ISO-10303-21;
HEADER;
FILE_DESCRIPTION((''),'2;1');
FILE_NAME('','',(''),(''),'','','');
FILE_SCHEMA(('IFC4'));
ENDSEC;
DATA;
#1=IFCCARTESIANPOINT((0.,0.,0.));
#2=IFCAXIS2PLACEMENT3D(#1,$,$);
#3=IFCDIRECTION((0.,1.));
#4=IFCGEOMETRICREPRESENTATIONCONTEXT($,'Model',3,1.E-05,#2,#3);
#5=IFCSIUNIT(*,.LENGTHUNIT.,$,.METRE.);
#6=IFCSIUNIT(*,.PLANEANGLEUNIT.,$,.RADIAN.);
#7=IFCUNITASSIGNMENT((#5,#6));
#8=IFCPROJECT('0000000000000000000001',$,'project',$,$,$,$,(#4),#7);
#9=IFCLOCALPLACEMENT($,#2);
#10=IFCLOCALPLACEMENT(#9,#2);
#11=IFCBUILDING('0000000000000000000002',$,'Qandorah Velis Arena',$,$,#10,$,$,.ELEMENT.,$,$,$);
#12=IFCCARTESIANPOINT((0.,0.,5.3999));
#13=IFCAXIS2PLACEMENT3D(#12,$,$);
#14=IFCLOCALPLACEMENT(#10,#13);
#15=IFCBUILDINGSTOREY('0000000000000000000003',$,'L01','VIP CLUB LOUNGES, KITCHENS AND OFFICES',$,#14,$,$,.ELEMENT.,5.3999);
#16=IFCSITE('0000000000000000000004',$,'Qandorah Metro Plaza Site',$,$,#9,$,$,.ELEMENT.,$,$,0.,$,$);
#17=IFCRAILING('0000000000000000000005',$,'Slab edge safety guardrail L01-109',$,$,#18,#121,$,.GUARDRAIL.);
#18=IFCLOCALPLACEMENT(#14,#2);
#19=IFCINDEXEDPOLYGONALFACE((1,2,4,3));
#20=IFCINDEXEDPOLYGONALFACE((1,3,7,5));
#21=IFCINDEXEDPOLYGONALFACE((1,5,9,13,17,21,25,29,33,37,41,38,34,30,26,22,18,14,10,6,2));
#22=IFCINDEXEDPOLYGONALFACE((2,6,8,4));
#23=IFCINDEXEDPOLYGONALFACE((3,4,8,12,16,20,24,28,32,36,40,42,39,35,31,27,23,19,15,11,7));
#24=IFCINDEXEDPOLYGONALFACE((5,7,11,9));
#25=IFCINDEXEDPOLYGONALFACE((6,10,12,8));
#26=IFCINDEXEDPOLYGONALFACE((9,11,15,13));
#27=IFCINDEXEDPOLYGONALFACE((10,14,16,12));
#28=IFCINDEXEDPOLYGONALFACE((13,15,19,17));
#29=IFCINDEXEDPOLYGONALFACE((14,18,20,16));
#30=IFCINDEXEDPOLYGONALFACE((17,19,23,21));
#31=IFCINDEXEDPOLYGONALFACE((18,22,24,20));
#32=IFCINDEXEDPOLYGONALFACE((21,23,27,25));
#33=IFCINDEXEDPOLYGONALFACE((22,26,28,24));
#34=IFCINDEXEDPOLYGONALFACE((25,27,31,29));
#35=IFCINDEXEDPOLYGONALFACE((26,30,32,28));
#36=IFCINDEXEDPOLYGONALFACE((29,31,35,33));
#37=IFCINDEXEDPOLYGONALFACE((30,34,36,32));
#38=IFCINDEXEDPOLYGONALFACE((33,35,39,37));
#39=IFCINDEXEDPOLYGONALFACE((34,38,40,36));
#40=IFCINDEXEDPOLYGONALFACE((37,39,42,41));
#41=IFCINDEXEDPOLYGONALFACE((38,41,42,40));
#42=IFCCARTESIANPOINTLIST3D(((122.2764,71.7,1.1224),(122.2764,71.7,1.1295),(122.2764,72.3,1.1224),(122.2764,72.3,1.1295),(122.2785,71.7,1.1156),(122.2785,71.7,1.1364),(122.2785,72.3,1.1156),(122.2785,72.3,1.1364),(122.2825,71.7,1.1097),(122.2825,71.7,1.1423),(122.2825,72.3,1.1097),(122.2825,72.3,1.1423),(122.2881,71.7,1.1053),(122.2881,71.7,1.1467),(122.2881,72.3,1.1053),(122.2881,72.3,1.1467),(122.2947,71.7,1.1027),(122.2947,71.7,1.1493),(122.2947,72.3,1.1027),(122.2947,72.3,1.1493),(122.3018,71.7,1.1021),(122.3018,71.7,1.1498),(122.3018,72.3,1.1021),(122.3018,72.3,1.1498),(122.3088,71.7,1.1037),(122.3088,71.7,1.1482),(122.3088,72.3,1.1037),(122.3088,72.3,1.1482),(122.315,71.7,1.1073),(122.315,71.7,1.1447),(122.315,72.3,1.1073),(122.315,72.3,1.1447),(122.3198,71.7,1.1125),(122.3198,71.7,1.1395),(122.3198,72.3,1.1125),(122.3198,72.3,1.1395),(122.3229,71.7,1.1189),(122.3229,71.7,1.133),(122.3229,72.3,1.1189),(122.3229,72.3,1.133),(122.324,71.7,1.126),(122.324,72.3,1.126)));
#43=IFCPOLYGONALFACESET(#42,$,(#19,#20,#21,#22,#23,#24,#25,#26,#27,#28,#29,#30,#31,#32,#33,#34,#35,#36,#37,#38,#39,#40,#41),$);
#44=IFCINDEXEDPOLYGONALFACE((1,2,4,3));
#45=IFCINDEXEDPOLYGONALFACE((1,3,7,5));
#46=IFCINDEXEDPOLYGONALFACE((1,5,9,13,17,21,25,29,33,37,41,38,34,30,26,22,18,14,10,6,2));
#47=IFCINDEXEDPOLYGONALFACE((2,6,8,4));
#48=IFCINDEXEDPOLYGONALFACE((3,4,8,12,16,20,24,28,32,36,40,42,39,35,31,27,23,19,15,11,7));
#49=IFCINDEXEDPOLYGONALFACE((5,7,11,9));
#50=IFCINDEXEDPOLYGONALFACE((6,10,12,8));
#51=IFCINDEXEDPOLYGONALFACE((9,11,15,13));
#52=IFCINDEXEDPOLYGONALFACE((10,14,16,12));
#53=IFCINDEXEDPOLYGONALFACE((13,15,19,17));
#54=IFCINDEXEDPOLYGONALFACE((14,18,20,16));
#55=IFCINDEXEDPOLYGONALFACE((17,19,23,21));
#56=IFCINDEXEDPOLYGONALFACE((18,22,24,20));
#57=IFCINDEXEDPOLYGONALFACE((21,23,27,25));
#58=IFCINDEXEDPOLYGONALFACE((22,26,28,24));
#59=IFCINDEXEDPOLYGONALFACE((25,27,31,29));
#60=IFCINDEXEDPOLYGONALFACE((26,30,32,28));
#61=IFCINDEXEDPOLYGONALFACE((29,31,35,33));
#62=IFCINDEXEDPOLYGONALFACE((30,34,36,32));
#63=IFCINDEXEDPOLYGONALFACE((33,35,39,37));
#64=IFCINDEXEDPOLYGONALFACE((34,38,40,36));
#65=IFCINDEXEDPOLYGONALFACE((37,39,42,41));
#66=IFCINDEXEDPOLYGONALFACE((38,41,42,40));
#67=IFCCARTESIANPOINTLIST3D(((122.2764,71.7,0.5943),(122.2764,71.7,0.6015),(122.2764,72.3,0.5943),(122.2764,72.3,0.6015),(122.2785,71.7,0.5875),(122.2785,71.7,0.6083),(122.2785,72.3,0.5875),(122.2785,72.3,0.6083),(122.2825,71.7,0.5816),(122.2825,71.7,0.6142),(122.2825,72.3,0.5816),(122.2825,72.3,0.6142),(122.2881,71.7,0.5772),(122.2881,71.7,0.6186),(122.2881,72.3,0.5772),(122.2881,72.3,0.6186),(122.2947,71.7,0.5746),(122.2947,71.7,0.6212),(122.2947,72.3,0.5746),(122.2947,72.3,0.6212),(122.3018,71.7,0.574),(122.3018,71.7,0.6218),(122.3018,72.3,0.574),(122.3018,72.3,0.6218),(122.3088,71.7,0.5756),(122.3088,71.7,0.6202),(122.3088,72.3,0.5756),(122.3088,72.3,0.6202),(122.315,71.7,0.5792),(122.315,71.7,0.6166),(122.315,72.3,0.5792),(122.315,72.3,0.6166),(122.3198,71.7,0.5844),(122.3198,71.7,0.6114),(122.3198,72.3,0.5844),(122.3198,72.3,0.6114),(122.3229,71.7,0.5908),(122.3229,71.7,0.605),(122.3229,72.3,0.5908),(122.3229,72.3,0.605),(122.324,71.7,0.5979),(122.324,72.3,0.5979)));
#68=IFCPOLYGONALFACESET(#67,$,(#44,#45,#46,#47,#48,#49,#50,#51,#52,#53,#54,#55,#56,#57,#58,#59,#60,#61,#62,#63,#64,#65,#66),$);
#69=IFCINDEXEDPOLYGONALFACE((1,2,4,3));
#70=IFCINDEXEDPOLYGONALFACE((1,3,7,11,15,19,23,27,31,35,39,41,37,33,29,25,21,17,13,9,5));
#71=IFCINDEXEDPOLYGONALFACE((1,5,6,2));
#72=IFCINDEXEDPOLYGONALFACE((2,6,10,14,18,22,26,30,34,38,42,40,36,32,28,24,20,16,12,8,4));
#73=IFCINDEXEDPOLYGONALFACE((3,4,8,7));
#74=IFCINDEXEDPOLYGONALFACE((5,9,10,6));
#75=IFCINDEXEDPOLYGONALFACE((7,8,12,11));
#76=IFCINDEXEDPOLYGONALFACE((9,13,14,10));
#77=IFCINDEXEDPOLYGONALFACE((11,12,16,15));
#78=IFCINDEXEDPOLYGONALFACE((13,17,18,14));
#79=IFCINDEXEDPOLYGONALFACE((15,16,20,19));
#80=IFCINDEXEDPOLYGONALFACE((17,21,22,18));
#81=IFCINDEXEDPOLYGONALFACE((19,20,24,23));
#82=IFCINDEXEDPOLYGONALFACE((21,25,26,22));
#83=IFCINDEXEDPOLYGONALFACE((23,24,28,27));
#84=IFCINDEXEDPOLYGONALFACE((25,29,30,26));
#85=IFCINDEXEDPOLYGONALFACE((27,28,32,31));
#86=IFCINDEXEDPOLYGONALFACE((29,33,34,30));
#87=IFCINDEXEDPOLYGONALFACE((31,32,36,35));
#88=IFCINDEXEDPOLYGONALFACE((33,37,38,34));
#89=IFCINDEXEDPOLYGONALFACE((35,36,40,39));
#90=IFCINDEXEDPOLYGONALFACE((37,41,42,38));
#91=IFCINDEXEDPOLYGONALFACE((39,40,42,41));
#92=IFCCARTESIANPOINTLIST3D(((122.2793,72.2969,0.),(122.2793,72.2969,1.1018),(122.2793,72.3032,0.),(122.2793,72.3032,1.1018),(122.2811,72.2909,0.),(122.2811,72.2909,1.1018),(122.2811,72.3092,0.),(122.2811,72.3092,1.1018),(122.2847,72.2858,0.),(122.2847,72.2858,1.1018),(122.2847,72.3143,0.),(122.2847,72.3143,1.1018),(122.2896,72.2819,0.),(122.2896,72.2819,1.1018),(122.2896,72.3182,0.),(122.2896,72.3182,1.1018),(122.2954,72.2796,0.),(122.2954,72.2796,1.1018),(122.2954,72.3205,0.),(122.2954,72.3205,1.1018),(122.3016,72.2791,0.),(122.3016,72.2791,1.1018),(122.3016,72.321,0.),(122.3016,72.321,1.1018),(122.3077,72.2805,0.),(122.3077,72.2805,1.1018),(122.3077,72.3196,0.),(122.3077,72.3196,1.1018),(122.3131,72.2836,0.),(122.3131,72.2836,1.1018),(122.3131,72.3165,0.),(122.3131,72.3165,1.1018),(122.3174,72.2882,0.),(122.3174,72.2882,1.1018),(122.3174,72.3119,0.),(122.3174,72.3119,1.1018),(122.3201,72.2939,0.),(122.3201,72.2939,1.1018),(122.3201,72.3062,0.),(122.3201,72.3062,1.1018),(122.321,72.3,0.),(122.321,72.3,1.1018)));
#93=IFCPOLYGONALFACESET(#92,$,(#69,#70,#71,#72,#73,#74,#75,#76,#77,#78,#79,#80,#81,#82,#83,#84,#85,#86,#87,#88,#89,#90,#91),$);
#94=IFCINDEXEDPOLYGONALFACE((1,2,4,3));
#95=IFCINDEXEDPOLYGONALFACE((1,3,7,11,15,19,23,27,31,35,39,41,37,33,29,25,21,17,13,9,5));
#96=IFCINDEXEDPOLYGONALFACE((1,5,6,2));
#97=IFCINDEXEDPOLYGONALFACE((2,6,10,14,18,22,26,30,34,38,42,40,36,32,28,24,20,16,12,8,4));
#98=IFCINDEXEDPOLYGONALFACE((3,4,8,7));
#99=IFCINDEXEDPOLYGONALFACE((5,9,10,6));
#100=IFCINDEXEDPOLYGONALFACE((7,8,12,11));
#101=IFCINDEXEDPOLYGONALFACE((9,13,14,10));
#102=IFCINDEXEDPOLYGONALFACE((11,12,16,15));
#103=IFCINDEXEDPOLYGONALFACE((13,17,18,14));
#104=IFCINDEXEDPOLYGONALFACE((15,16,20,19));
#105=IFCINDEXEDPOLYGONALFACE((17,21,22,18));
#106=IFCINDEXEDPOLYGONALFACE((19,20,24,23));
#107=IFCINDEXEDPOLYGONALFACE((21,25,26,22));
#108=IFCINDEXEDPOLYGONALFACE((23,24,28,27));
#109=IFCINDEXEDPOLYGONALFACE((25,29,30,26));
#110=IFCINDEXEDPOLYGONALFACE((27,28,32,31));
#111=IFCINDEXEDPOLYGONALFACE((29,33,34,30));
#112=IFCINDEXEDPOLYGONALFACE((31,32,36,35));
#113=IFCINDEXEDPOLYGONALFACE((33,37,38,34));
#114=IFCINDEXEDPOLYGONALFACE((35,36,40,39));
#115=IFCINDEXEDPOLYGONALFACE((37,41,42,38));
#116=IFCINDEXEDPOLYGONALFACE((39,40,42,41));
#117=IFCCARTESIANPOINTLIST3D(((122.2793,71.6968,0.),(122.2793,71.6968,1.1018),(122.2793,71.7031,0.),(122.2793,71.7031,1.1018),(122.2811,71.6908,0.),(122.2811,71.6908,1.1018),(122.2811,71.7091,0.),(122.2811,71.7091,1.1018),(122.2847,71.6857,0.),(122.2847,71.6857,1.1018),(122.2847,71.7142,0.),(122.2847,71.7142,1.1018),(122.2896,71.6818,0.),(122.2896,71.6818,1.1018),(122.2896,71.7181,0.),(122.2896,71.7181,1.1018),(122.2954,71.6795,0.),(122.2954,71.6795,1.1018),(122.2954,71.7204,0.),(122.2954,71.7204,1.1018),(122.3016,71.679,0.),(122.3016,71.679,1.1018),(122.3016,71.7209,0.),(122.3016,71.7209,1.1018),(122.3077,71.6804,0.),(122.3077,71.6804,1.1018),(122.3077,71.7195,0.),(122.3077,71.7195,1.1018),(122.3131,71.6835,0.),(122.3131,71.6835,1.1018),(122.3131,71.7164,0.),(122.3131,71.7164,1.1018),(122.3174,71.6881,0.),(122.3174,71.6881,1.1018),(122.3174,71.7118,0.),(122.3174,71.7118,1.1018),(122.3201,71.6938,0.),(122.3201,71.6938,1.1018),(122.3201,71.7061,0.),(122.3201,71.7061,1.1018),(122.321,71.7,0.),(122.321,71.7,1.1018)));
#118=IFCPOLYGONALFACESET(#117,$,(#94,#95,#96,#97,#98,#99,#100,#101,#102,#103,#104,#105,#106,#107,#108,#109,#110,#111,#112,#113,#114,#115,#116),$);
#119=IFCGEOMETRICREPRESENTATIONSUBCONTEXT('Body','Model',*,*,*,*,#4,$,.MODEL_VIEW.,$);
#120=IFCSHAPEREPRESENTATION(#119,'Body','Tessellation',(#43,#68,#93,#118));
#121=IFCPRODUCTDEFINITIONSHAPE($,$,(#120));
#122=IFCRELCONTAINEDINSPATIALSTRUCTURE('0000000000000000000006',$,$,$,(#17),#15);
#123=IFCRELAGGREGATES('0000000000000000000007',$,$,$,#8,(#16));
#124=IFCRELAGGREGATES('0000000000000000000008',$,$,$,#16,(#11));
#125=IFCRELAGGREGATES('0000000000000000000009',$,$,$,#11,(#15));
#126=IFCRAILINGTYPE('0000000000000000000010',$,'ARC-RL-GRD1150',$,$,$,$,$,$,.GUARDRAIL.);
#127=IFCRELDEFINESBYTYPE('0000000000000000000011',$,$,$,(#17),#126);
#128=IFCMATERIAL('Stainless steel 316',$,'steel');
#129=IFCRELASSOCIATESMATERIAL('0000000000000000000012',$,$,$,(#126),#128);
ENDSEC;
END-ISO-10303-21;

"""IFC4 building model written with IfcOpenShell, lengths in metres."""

from ifc_helpers import new_model, si_unit, direction, frame, origin, origin_2d, place, context, subcontext, project, spatial, circle, extrude, material, type_object, element, save


model = new_model("IFC4")

# Units and contexts
model_context = context("Model", 3, precision=1e-05, world=origin(), true_north=direction((0.0, 1.0)))
body_context = subcontext(model_context, "Body", "Model", "MODEL_VIEW")
ifc_project = project(units=[si_unit("LENGTHUNIT", "METRE"), si_unit("PLANEANGLEUNIT", "RADIAN")], contexts=[model_context])

# Site, building, storey
site_placement = place(None, origin())
site = spatial("IfcSite", under=ifc_project, at=site_placement, Name="Qandorah Metro Plaza Site", CompositionType="ELEMENT", RefElevation=0.0)
building_placement = place(site_placement, origin())
building = spatial("IfcBuilding", under=site, at=building_placement, Name="Qandorah Velis Arena", CompositionType="ELEMENT")
storey_placement = place(building_placement, frame((0.0, 0.0, 5.3999)))
storey = spatial("IfcBuildingStorey", under=building, at=storey_placement, Name="L01", Description="VIP CLUB LOUNGES, KITCHENS AND OFFICES", CompositionType="ELEMENT", Elevation=5.3999)

# Railing
ifc_material_1 = material(Name="Stainless steel 316", Category="steel")
railing_type = type_object("IfcRailingType", Name="ARC-RL-GRD1150", PredefinedType="GUARDRAIL", material=ifc_material_1)
for number, where, name in (
    (1, (122.3, 72.3, 0.0), "Slab edge safety guardrail L01-109"),
):
    element("IfcRailing", number, at=place(storey_placement, frame(where)), inside=storey, type_object=railing_type, Name=name, PredefinedType="GUARDRAIL", context=body_context, shape_type="SweptSolid", body=[
        extrude(circle(Radius=0.0239, at=origin_2d()), frame((0.0, 0.0, 1.126), z_axis=(0.0, -1.0, 0.0), x_axis=(1.0, 0.0, 0.0)), (0.0, 0.0, 1.0), 0.6001),
        extrude(circle(Radius=0.0239, at=origin_2d()), frame((0.0, 0.0, 0.5979), z_axis=(0.0, -1.0, 0.0), x_axis=(1.0, 0.0, 0.0)), (0.0, 0.0, 1.0), 0.6001),
        extrude(circle(Radius=0.021, at=origin_2d()), origin(), (0.0, 0.0, 1.0), 1.1018),
        extrude(circle(Radius=0.021, at=origin_2d()), frame((0.0, -0.6001, 0.0)), (0.0, 0.0, 1.0), 1.1018),
    ])

save(model, "model.ifc")
